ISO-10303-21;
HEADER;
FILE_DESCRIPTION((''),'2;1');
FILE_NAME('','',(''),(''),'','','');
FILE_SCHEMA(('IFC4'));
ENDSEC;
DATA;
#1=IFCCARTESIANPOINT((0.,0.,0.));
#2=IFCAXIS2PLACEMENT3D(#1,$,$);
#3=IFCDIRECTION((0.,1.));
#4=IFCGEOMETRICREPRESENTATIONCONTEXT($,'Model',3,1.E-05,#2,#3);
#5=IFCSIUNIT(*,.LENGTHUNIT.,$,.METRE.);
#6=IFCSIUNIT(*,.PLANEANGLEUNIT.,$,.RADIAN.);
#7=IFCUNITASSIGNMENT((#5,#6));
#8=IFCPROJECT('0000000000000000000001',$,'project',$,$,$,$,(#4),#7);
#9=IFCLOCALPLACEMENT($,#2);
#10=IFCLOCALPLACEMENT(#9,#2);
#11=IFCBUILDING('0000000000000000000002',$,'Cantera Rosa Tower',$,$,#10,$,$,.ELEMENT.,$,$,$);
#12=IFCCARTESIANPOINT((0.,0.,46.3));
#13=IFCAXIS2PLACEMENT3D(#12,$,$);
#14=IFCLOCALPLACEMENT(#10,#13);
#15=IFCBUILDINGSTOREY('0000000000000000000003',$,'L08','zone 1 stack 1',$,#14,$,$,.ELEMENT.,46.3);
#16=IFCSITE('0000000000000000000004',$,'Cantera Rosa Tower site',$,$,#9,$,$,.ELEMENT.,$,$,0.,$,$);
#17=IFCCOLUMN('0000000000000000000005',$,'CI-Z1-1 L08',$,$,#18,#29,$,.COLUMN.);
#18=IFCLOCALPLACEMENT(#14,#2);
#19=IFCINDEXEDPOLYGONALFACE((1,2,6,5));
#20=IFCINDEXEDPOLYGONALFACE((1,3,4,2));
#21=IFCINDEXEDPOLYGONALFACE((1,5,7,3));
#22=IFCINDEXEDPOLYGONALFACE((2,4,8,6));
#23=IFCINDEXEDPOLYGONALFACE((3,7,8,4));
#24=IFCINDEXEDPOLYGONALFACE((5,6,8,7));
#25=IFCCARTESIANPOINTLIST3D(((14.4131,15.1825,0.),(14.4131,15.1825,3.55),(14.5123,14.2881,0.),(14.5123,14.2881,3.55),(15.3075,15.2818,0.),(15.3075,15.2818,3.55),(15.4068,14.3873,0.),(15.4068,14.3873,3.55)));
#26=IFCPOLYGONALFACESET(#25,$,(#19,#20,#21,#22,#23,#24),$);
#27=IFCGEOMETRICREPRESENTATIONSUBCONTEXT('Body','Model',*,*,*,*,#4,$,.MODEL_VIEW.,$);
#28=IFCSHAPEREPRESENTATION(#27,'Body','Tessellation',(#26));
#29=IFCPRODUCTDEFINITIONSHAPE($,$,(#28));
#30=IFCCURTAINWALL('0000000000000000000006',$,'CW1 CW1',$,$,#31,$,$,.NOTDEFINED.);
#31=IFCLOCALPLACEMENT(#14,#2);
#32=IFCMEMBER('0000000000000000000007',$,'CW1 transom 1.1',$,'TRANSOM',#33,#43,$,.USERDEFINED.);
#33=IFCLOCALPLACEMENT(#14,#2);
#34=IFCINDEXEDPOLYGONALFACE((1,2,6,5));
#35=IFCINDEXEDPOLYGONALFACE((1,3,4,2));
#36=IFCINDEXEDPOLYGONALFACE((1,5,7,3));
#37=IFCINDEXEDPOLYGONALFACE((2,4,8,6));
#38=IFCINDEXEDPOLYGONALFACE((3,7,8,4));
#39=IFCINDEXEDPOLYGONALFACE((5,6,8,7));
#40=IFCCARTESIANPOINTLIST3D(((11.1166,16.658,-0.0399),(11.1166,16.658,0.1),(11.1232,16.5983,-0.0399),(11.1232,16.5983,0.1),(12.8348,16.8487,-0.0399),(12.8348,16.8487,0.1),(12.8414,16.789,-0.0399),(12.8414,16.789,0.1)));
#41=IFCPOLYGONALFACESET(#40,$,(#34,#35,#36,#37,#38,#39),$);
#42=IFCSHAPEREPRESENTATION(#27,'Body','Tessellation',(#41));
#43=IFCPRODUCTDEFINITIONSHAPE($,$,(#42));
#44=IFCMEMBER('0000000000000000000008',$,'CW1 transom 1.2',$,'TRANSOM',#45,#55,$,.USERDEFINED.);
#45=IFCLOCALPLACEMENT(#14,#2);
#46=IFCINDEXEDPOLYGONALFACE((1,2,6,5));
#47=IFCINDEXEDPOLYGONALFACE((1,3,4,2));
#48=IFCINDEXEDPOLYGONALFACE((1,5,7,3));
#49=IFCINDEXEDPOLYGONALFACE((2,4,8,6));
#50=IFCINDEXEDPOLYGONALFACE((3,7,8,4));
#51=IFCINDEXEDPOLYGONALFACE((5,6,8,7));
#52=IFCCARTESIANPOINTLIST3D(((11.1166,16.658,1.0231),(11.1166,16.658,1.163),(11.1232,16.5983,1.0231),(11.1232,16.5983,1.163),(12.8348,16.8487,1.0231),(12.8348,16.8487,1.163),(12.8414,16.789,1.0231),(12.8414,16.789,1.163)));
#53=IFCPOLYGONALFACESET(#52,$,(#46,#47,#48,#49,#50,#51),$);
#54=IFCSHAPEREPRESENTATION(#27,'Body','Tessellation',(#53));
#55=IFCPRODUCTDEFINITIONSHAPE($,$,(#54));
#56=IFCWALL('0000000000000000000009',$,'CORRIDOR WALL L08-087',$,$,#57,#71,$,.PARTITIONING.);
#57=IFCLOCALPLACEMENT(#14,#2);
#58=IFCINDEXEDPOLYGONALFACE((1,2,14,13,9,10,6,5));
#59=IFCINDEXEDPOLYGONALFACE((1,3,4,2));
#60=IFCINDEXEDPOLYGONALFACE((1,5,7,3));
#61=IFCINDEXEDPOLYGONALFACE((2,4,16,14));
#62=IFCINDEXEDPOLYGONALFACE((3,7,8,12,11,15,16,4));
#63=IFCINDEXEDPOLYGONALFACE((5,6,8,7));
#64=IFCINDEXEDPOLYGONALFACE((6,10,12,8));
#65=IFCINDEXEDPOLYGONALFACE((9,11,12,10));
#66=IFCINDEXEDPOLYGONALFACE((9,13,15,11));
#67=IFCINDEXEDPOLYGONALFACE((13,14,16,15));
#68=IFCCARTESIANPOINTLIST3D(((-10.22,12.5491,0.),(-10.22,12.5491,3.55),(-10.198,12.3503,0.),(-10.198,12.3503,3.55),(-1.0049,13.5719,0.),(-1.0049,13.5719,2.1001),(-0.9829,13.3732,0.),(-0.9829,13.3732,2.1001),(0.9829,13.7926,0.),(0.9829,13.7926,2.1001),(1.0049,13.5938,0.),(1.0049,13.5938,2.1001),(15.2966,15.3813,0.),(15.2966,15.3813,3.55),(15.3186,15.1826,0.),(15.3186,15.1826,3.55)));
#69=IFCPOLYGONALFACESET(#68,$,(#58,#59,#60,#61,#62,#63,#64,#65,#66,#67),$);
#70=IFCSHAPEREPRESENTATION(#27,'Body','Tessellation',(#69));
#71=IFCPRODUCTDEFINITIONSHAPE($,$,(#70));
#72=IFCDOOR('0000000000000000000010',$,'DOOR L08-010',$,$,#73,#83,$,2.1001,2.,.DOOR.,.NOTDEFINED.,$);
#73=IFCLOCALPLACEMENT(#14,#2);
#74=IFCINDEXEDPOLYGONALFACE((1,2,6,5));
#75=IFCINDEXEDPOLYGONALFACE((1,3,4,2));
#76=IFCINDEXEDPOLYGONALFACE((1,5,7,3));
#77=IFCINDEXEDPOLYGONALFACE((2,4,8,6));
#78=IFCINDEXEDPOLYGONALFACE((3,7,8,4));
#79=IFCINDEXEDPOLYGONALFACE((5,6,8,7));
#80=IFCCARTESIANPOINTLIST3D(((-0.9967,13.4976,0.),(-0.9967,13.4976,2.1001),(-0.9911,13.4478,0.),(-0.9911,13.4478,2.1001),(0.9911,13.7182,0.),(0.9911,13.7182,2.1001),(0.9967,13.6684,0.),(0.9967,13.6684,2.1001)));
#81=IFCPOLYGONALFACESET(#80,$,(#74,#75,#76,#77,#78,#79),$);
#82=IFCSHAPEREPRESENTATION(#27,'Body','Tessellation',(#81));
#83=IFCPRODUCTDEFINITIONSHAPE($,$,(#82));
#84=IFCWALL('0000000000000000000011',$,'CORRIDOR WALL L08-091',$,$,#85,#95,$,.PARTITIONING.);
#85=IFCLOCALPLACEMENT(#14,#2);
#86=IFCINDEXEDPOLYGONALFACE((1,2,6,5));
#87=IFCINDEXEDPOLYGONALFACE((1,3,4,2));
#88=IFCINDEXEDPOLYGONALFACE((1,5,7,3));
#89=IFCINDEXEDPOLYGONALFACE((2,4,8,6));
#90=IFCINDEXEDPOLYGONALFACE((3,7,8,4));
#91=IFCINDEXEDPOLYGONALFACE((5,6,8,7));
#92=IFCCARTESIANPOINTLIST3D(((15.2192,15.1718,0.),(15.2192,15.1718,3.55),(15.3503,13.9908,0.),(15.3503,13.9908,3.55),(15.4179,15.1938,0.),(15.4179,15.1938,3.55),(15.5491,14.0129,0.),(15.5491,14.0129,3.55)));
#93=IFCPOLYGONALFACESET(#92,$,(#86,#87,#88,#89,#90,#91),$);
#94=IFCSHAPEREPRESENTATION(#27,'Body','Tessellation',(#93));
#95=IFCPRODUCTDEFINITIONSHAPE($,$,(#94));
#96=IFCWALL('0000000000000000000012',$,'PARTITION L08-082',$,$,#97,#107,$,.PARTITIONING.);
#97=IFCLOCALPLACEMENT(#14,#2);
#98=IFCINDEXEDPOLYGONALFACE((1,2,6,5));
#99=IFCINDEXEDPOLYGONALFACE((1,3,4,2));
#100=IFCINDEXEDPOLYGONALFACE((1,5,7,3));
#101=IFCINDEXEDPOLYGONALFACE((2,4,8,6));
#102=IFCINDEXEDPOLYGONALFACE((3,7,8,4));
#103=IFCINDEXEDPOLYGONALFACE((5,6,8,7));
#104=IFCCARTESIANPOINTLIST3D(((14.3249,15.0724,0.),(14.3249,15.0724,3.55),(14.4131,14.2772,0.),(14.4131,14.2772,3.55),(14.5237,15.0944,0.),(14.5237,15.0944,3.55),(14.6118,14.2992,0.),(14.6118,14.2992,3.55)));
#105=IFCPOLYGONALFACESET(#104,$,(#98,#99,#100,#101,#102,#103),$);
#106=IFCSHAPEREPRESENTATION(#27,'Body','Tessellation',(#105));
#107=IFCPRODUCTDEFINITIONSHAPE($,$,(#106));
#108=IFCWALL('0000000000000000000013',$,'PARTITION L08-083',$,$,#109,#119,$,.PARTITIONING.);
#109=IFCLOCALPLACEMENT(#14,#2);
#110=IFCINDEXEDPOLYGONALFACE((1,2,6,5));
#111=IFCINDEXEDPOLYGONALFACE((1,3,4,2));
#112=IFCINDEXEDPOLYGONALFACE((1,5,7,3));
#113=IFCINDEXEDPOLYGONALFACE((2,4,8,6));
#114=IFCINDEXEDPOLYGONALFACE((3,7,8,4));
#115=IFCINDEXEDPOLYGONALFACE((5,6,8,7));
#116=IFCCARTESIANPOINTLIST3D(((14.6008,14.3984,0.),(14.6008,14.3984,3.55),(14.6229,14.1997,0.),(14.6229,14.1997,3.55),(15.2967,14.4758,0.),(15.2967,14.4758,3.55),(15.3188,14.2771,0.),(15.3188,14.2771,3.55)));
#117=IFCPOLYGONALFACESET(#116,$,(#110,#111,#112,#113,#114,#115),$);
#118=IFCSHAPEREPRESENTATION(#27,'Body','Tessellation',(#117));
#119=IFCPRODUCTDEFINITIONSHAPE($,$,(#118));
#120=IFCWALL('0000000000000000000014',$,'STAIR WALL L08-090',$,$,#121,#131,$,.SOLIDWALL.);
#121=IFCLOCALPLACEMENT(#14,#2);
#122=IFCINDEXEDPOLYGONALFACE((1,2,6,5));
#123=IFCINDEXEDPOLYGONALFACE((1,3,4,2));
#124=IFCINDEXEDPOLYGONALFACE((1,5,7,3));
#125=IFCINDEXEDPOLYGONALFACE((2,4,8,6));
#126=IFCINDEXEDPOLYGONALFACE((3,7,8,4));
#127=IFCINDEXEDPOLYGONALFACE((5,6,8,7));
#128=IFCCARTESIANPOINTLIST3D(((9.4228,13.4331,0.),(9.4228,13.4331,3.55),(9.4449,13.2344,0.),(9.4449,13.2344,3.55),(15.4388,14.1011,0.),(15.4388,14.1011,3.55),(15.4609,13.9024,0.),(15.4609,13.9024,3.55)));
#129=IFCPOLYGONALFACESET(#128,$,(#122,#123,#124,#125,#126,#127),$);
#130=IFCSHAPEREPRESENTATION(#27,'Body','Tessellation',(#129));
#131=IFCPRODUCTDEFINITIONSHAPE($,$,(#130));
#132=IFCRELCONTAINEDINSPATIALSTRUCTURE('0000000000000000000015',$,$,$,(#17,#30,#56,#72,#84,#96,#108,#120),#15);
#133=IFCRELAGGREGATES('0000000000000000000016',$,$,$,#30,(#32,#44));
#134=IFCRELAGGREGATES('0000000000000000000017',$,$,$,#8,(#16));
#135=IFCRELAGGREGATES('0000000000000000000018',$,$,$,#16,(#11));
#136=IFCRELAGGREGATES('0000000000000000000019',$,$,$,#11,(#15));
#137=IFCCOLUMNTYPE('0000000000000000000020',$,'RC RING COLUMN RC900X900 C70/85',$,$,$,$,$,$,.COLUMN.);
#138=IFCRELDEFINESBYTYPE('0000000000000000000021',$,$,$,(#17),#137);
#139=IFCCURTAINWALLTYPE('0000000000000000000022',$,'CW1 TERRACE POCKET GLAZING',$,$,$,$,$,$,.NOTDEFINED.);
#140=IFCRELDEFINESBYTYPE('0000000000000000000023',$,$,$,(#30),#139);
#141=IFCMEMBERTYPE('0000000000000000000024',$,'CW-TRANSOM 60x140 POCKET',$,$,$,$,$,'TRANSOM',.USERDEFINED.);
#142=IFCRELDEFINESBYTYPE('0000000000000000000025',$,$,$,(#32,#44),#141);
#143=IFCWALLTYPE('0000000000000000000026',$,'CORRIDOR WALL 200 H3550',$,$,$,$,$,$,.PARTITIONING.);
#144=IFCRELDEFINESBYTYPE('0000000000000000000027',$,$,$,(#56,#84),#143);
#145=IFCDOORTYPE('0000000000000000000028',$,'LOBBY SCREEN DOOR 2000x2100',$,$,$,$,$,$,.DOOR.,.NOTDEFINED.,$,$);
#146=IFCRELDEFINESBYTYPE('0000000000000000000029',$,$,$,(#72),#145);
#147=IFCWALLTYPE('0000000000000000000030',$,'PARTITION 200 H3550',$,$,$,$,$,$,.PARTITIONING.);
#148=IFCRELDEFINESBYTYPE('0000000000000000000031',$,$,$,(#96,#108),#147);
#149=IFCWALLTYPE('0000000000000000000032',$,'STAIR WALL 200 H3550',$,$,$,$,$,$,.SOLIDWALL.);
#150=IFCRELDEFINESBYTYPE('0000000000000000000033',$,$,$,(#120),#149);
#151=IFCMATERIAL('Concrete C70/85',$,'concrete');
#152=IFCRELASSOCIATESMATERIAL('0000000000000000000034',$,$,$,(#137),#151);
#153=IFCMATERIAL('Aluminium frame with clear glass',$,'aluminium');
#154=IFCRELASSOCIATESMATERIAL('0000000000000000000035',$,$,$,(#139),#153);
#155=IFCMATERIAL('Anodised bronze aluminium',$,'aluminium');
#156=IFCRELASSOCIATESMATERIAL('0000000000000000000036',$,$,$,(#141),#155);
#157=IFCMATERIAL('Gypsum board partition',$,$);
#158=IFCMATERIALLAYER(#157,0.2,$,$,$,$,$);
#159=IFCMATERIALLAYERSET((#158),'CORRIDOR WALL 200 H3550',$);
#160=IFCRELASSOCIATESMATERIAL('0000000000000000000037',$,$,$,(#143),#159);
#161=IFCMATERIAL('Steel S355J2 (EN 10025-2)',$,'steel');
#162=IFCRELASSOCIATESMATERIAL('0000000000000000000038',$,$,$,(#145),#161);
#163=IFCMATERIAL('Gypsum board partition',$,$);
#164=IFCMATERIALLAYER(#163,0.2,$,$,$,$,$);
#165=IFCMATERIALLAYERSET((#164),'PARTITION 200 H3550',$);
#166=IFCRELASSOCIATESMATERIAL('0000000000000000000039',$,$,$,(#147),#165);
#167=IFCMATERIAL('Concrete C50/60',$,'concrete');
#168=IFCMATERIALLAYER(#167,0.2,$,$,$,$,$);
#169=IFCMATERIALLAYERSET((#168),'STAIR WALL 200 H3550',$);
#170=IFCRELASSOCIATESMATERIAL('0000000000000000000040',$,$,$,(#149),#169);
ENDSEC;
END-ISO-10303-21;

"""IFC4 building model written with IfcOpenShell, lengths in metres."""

from ifc_helpers import new_model, si_unit, direction, frame, frame_2d, origin, origin_2d, place, context, subcontext, project, spatial, rectangle, extrude, material, layer, layer_set, material_profile, profile_set, type_object, element, fill, aggregate, save


model = new_model("IFC4")

# Units and contexts
model_context = context("Model", 3, precision=1e-05, world=origin(), true_north=direction((0.0, 1.0)))
body_context = subcontext(model_context, "Body", "Model", "MODEL_VIEW")
ifc_project = project(units=[si_unit("LENGTHUNIT", "METRE"), si_unit("PLANEANGLEUNIT", "RADIAN")], contexts=[model_context])

# Site, building, storey
site_placement = place(None, origin())
site = spatial("IfcSite", under=ifc_project, at=site_placement, Name="Cantera Rosa Tower site", CompositionType="ELEMENT", RefElevation=0.0)
building_placement = place(site_placement, origin())
building = spatial("IfcBuilding", under=site, at=building_placement, Name="Cantera Rosa Tower", CompositionType="ELEMENT")
storey_placement = place(building_placement, frame((0.0, 0.0, 46.3)))
storey = spatial("IfcBuildingStorey", under=building, at=storey_placement, Name="L08", Description="zone 1 stack 1", CompositionType="ELEMENT", Elevation=46.3)

# Column
ifc_material_1 = material(Name="Concrete C70/85", Category="concrete")
ifc_material_profile_1 = material_profile(ifc_material_1, rectangle(XDim=0.8999, YDim=0.8999, at=origin_2d()), Name="RC RING COLUMN RC900X900 C70/85")
ifc_profile_set_1 = profile_set([ifc_material_profile_1], Name="Concrete C70/85")
column_type = type_object("IfcColumnType", Name="RC RING COLUMN RC900X900 C70/85", PredefinedType="COLUMN", material=ifc_profile_set_1)
column_placement = place(storey_placement, frame((14.9099, 14.7849, 0.0), z_axis=(0.0, 0.0, 1.0), x_axis=(0.993897, 0.110313, 0.0)))
element("IfcColumn", 1, at=column_placement, inside=storey, type_object=column_type, Name="CI-Z1-1 L08", PredefinedType="COLUMN", context=body_context, shape_type="SweptSolid", body=[
    extrude(rectangle(XDim=0.8999, YDim=0.8999, at=origin_2d()), origin(), (0.0, 0.0, 1.0), 3.55),
])

# Curtain wall, members
ifc_material_2 = material(Name="Aluminium frame with clear glass", Category="aluminium")
curtain_wall_type = type_object("IfcCurtainWallType", Name="CW1 TERRACE POCKET GLAZING", PredefinedType="NOTDEFINED", material=ifc_material_2)
curtain_wall_placement = place(storey_placement, origin())
curtain_wall = element("IfcCurtainWall", 2, at=curtain_wall_placement, inside=storey, type_object=curtain_wall_type, Name="CW1 CW1", PredefinedType="NOTDEFINED")
ifc_material_3 = material(Name="Anodised bronze aluminium", Category="aluminium")
ifc_material_profile_2 = material_profile(ifc_material_3, rectangle(XDim=0.0601, YDim=0.1399, at=origin_2d()), Name="CW-TRANSOM 60x140 POCKET")
ifc_profile_set_2 = profile_set([ifc_material_profile_2], Name="Anodised bronze aluminium")
member_type = type_object("IfcMemberType", Name="CW-TRANSOM 60x140 POCKET", ElementType="TRANSOM", PredefinedType="USERDEFINED", material=ifc_profile_set_2)
member_1_placement = place(storey_placement, frame((12.8381, 16.8188, 0.03), z_axis=(-0.993899, -0.110292, 0.0), x_axis=(0.110292, -0.993899, 0.0)))
member_1 = element("IfcMember", 3, at=member_1_placement, type_object=member_type, Name="CW1 transom 1.1", ObjectType="TRANSOM", PredefinedType="USERDEFINED", context=body_context, shape_type="SweptSolid", body=[
    extrude(rectangle(XDim=0.0601, YDim=0.1399, at=origin_2d()), origin(), (0.0, 0.0, 1.0), 1.7288),
])
member_2_placement = place(storey_placement, frame((12.8381, 16.8188, 1.093), z_axis=(-0.993899, -0.110292, 0.0), x_axis=(0.110292, -0.993899, 0.0)))
member_2 = element("IfcMember", 4, at=member_2_placement, type_object=member_type, Name="CW1 transom 1.2", ObjectType="TRANSOM", PredefinedType="USERDEFINED", context=body_context, shape_type="SweptSolid", body=[
    extrude(rectangle(XDim=0.0601, YDim=0.1399, at=origin_2d()), origin(), (0.0, 0.0, 1.0), 1.7288),
])
aggregate(curtain_wall, [member_1, member_2])

# Wall, opening, door
ifc_material_4 = material(Name="Gypsum board partition")
ifc_layer_1 = layer(ifc_material_4, 0.2)
ifc_layer_set_1 = layer_set([ifc_layer_1], Name="CORRIDOR WALL 200 H3550")
wall_type_1 = type_object("IfcWallType", Name="CORRIDOR WALL 200 H3550", PredefinedType="PARTITIONING", material=ifc_layer_set_1)
wall_1_placement = place(storey_placement, frame((15.3076, 15.282, 0.0), z_axis=(0.0, 0.0, 1.0), x_axis=(-0.993896, -0.11032, 0.0)))
wall_1 = element("IfcWall", 5, at=wall_1_placement, inside=storey, type_object=wall_type_1, Name="CORRIDOR WALL L08-087", PredefinedType="PARTITIONING", context=body_context, shape_type="SweptSolid", body=[
    extrude(rectangle(XDim=25.6733, YDim=0.2, at=frame_2d((12.8367, 0.0))), origin(), (0.0, 0.0, 1.0), 3.55),
])
opening_placement = place(wall_1_placement, frame((14.4016, 0.0, 0.0)))
opening = element("IfcOpeningElement", 6, at=opening_placement, cuts=wall_1, PredefinedType="OPENING", context=body_context, shape_type="SweptSolid", body=[
    extrude(rectangle(XDim=2.0, YDim=2.1001, at=frame_2d((1.0, 1.05))), frame((0.0, 0.1099, 0.0), z_axis=(0.0, -1.0, 0.0), x_axis=(1.0, 0.0, 0.0)), (0.0, 0.0, 1.0), 0.22),
])
ifc_material_5 = material(Name="Steel S355J2 (EN 10025-2)", Category="steel")
door_type = type_object("IfcDoorType", Name="LOBBY SCREEN DOOR 2000x2100", OperationType="NOTDEFINED", PredefinedType="DOOR", material=ifc_material_5)
door_placement = place(opening_placement, origin())
door = element("IfcDoor", 7, at=door_placement, inside=storey, type_object=door_type, Name="DOOR L08-010", OperationType="NOTDEFINED", OverallHeight=2.1001, OverallWidth=2.0, PredefinedType="DOOR", context=body_context, shape_type="SweptSolid", body=[
    extrude(rectangle(XDim=2.0, YDim=2.1001, at=frame_2d((1.0, 1.05))), frame((0.0, 0.0249, 0.0), z_axis=(0.0, -1.0, 0.0), x_axis=(1.0, 0.0, 0.0)), (0.0, 0.0, 1.0), 0.05),
])
fill(opening, door)

# Walls
wall_2_placement = place(storey_placement, frame((15.4497, 14.0017, 0.0), z_axis=(0.0, 0.0, 1.0), x_axis=(-0.110341, 0.993894, 0.0)))
element("IfcWall", 8, at=wall_2_placement, inside=storey, type_object=wall_type_1, Name="CORRIDOR WALL L08-091", PredefinedType="PARTITIONING", context=body_context, shape_type="SweptSolid", body=[
    extrude(rectangle(XDim=1.1882, YDim=0.2, at=frame_2d((0.5942, 0.0))), origin(), (0.0, 0.0, 1.0), 3.55),
])
ifc_material_6 = material(Name="Gypsum board partition")
ifc_layer_2 = layer(ifc_material_6, 0.2)
ifc_layer_set_2 = layer_set([ifc_layer_2], Name="PARTITION 200 H3550")
wall_type_2 = type_object("IfcWallType", Name="PARTITION 200 H3550", PredefinedType="PARTITIONING", material=ifc_layer_set_2)
wall_3_placement = place(storey_placement, frame((14.4243, 15.0833, 0.0), z_axis=(0.0, 0.0, 1.0), x_axis=(0.110164, -0.993913, 0.0)))
element("IfcWall", 9, at=wall_3_placement, inside=storey, type_object=wall_type_2, Name="PARTITION L08-082", PredefinedType="PARTITIONING", context=body_context, shape_type="SweptSolid", body=[
    extrude(rectangle(XDim=0.8, YDim=0.2, at=frame_2d((0.3999, 0.0))), origin(), (0.0, 0.0, 1.0), 3.55),
])
wall_4_placement = place(storey_placement, frame((14.6118, 14.2991, 0.0), z_axis=(0.0, 0.0, 1.0), x_axis=(0.993871, 0.110546, 0.0)))
element("IfcWall", 10, at=wall_4_placement, inside=storey, type_object=wall_type_2, Name="PARTITION L08-083", PredefinedType="PARTITIONING", context=body_context, shape_type="SweptSolid", body=[
    extrude(rectangle(XDim=0.7002, YDim=0.2, at=frame_2d((0.3501, 0.0))), origin(), (0.0, 0.0, 1.0), 3.55),
])
ifc_material_7 = material(Name="Concrete C50/60", Category="concrete")
ifc_layer_3 = layer(ifc_material_7, 0.2)
ifc_layer_set_3 = layer_set([ifc_layer_3], Name="STAIR WALL 200 H3550")
wall_type_3 = type_object("IfcWallType", Name="STAIR WALL 200 H3550", PredefinedType="SOLIDWALL", material=ifc_layer_set_3)
wall_5_placement = place(storey_placement, frame((15.4497, 14.0017, 0.0), z_axis=(0.0, 0.0, 1.0), x_axis=(-0.993893, -0.110352, 0.0)))
element("IfcWall", 11, at=wall_5_placement, inside=storey, type_object=wall_type_3, Name="STAIR WALL L08-090", PredefinedType="SOLIDWALL", context=body_context, shape_type="SweptSolid", body=[
    extrude(rectangle(XDim=6.053, YDim=0.2, at=frame_2d((3.0264, 0.0))), origin(), (0.0, 0.0, 1.0), 3.55),
])

save(model, "model.ifc")
